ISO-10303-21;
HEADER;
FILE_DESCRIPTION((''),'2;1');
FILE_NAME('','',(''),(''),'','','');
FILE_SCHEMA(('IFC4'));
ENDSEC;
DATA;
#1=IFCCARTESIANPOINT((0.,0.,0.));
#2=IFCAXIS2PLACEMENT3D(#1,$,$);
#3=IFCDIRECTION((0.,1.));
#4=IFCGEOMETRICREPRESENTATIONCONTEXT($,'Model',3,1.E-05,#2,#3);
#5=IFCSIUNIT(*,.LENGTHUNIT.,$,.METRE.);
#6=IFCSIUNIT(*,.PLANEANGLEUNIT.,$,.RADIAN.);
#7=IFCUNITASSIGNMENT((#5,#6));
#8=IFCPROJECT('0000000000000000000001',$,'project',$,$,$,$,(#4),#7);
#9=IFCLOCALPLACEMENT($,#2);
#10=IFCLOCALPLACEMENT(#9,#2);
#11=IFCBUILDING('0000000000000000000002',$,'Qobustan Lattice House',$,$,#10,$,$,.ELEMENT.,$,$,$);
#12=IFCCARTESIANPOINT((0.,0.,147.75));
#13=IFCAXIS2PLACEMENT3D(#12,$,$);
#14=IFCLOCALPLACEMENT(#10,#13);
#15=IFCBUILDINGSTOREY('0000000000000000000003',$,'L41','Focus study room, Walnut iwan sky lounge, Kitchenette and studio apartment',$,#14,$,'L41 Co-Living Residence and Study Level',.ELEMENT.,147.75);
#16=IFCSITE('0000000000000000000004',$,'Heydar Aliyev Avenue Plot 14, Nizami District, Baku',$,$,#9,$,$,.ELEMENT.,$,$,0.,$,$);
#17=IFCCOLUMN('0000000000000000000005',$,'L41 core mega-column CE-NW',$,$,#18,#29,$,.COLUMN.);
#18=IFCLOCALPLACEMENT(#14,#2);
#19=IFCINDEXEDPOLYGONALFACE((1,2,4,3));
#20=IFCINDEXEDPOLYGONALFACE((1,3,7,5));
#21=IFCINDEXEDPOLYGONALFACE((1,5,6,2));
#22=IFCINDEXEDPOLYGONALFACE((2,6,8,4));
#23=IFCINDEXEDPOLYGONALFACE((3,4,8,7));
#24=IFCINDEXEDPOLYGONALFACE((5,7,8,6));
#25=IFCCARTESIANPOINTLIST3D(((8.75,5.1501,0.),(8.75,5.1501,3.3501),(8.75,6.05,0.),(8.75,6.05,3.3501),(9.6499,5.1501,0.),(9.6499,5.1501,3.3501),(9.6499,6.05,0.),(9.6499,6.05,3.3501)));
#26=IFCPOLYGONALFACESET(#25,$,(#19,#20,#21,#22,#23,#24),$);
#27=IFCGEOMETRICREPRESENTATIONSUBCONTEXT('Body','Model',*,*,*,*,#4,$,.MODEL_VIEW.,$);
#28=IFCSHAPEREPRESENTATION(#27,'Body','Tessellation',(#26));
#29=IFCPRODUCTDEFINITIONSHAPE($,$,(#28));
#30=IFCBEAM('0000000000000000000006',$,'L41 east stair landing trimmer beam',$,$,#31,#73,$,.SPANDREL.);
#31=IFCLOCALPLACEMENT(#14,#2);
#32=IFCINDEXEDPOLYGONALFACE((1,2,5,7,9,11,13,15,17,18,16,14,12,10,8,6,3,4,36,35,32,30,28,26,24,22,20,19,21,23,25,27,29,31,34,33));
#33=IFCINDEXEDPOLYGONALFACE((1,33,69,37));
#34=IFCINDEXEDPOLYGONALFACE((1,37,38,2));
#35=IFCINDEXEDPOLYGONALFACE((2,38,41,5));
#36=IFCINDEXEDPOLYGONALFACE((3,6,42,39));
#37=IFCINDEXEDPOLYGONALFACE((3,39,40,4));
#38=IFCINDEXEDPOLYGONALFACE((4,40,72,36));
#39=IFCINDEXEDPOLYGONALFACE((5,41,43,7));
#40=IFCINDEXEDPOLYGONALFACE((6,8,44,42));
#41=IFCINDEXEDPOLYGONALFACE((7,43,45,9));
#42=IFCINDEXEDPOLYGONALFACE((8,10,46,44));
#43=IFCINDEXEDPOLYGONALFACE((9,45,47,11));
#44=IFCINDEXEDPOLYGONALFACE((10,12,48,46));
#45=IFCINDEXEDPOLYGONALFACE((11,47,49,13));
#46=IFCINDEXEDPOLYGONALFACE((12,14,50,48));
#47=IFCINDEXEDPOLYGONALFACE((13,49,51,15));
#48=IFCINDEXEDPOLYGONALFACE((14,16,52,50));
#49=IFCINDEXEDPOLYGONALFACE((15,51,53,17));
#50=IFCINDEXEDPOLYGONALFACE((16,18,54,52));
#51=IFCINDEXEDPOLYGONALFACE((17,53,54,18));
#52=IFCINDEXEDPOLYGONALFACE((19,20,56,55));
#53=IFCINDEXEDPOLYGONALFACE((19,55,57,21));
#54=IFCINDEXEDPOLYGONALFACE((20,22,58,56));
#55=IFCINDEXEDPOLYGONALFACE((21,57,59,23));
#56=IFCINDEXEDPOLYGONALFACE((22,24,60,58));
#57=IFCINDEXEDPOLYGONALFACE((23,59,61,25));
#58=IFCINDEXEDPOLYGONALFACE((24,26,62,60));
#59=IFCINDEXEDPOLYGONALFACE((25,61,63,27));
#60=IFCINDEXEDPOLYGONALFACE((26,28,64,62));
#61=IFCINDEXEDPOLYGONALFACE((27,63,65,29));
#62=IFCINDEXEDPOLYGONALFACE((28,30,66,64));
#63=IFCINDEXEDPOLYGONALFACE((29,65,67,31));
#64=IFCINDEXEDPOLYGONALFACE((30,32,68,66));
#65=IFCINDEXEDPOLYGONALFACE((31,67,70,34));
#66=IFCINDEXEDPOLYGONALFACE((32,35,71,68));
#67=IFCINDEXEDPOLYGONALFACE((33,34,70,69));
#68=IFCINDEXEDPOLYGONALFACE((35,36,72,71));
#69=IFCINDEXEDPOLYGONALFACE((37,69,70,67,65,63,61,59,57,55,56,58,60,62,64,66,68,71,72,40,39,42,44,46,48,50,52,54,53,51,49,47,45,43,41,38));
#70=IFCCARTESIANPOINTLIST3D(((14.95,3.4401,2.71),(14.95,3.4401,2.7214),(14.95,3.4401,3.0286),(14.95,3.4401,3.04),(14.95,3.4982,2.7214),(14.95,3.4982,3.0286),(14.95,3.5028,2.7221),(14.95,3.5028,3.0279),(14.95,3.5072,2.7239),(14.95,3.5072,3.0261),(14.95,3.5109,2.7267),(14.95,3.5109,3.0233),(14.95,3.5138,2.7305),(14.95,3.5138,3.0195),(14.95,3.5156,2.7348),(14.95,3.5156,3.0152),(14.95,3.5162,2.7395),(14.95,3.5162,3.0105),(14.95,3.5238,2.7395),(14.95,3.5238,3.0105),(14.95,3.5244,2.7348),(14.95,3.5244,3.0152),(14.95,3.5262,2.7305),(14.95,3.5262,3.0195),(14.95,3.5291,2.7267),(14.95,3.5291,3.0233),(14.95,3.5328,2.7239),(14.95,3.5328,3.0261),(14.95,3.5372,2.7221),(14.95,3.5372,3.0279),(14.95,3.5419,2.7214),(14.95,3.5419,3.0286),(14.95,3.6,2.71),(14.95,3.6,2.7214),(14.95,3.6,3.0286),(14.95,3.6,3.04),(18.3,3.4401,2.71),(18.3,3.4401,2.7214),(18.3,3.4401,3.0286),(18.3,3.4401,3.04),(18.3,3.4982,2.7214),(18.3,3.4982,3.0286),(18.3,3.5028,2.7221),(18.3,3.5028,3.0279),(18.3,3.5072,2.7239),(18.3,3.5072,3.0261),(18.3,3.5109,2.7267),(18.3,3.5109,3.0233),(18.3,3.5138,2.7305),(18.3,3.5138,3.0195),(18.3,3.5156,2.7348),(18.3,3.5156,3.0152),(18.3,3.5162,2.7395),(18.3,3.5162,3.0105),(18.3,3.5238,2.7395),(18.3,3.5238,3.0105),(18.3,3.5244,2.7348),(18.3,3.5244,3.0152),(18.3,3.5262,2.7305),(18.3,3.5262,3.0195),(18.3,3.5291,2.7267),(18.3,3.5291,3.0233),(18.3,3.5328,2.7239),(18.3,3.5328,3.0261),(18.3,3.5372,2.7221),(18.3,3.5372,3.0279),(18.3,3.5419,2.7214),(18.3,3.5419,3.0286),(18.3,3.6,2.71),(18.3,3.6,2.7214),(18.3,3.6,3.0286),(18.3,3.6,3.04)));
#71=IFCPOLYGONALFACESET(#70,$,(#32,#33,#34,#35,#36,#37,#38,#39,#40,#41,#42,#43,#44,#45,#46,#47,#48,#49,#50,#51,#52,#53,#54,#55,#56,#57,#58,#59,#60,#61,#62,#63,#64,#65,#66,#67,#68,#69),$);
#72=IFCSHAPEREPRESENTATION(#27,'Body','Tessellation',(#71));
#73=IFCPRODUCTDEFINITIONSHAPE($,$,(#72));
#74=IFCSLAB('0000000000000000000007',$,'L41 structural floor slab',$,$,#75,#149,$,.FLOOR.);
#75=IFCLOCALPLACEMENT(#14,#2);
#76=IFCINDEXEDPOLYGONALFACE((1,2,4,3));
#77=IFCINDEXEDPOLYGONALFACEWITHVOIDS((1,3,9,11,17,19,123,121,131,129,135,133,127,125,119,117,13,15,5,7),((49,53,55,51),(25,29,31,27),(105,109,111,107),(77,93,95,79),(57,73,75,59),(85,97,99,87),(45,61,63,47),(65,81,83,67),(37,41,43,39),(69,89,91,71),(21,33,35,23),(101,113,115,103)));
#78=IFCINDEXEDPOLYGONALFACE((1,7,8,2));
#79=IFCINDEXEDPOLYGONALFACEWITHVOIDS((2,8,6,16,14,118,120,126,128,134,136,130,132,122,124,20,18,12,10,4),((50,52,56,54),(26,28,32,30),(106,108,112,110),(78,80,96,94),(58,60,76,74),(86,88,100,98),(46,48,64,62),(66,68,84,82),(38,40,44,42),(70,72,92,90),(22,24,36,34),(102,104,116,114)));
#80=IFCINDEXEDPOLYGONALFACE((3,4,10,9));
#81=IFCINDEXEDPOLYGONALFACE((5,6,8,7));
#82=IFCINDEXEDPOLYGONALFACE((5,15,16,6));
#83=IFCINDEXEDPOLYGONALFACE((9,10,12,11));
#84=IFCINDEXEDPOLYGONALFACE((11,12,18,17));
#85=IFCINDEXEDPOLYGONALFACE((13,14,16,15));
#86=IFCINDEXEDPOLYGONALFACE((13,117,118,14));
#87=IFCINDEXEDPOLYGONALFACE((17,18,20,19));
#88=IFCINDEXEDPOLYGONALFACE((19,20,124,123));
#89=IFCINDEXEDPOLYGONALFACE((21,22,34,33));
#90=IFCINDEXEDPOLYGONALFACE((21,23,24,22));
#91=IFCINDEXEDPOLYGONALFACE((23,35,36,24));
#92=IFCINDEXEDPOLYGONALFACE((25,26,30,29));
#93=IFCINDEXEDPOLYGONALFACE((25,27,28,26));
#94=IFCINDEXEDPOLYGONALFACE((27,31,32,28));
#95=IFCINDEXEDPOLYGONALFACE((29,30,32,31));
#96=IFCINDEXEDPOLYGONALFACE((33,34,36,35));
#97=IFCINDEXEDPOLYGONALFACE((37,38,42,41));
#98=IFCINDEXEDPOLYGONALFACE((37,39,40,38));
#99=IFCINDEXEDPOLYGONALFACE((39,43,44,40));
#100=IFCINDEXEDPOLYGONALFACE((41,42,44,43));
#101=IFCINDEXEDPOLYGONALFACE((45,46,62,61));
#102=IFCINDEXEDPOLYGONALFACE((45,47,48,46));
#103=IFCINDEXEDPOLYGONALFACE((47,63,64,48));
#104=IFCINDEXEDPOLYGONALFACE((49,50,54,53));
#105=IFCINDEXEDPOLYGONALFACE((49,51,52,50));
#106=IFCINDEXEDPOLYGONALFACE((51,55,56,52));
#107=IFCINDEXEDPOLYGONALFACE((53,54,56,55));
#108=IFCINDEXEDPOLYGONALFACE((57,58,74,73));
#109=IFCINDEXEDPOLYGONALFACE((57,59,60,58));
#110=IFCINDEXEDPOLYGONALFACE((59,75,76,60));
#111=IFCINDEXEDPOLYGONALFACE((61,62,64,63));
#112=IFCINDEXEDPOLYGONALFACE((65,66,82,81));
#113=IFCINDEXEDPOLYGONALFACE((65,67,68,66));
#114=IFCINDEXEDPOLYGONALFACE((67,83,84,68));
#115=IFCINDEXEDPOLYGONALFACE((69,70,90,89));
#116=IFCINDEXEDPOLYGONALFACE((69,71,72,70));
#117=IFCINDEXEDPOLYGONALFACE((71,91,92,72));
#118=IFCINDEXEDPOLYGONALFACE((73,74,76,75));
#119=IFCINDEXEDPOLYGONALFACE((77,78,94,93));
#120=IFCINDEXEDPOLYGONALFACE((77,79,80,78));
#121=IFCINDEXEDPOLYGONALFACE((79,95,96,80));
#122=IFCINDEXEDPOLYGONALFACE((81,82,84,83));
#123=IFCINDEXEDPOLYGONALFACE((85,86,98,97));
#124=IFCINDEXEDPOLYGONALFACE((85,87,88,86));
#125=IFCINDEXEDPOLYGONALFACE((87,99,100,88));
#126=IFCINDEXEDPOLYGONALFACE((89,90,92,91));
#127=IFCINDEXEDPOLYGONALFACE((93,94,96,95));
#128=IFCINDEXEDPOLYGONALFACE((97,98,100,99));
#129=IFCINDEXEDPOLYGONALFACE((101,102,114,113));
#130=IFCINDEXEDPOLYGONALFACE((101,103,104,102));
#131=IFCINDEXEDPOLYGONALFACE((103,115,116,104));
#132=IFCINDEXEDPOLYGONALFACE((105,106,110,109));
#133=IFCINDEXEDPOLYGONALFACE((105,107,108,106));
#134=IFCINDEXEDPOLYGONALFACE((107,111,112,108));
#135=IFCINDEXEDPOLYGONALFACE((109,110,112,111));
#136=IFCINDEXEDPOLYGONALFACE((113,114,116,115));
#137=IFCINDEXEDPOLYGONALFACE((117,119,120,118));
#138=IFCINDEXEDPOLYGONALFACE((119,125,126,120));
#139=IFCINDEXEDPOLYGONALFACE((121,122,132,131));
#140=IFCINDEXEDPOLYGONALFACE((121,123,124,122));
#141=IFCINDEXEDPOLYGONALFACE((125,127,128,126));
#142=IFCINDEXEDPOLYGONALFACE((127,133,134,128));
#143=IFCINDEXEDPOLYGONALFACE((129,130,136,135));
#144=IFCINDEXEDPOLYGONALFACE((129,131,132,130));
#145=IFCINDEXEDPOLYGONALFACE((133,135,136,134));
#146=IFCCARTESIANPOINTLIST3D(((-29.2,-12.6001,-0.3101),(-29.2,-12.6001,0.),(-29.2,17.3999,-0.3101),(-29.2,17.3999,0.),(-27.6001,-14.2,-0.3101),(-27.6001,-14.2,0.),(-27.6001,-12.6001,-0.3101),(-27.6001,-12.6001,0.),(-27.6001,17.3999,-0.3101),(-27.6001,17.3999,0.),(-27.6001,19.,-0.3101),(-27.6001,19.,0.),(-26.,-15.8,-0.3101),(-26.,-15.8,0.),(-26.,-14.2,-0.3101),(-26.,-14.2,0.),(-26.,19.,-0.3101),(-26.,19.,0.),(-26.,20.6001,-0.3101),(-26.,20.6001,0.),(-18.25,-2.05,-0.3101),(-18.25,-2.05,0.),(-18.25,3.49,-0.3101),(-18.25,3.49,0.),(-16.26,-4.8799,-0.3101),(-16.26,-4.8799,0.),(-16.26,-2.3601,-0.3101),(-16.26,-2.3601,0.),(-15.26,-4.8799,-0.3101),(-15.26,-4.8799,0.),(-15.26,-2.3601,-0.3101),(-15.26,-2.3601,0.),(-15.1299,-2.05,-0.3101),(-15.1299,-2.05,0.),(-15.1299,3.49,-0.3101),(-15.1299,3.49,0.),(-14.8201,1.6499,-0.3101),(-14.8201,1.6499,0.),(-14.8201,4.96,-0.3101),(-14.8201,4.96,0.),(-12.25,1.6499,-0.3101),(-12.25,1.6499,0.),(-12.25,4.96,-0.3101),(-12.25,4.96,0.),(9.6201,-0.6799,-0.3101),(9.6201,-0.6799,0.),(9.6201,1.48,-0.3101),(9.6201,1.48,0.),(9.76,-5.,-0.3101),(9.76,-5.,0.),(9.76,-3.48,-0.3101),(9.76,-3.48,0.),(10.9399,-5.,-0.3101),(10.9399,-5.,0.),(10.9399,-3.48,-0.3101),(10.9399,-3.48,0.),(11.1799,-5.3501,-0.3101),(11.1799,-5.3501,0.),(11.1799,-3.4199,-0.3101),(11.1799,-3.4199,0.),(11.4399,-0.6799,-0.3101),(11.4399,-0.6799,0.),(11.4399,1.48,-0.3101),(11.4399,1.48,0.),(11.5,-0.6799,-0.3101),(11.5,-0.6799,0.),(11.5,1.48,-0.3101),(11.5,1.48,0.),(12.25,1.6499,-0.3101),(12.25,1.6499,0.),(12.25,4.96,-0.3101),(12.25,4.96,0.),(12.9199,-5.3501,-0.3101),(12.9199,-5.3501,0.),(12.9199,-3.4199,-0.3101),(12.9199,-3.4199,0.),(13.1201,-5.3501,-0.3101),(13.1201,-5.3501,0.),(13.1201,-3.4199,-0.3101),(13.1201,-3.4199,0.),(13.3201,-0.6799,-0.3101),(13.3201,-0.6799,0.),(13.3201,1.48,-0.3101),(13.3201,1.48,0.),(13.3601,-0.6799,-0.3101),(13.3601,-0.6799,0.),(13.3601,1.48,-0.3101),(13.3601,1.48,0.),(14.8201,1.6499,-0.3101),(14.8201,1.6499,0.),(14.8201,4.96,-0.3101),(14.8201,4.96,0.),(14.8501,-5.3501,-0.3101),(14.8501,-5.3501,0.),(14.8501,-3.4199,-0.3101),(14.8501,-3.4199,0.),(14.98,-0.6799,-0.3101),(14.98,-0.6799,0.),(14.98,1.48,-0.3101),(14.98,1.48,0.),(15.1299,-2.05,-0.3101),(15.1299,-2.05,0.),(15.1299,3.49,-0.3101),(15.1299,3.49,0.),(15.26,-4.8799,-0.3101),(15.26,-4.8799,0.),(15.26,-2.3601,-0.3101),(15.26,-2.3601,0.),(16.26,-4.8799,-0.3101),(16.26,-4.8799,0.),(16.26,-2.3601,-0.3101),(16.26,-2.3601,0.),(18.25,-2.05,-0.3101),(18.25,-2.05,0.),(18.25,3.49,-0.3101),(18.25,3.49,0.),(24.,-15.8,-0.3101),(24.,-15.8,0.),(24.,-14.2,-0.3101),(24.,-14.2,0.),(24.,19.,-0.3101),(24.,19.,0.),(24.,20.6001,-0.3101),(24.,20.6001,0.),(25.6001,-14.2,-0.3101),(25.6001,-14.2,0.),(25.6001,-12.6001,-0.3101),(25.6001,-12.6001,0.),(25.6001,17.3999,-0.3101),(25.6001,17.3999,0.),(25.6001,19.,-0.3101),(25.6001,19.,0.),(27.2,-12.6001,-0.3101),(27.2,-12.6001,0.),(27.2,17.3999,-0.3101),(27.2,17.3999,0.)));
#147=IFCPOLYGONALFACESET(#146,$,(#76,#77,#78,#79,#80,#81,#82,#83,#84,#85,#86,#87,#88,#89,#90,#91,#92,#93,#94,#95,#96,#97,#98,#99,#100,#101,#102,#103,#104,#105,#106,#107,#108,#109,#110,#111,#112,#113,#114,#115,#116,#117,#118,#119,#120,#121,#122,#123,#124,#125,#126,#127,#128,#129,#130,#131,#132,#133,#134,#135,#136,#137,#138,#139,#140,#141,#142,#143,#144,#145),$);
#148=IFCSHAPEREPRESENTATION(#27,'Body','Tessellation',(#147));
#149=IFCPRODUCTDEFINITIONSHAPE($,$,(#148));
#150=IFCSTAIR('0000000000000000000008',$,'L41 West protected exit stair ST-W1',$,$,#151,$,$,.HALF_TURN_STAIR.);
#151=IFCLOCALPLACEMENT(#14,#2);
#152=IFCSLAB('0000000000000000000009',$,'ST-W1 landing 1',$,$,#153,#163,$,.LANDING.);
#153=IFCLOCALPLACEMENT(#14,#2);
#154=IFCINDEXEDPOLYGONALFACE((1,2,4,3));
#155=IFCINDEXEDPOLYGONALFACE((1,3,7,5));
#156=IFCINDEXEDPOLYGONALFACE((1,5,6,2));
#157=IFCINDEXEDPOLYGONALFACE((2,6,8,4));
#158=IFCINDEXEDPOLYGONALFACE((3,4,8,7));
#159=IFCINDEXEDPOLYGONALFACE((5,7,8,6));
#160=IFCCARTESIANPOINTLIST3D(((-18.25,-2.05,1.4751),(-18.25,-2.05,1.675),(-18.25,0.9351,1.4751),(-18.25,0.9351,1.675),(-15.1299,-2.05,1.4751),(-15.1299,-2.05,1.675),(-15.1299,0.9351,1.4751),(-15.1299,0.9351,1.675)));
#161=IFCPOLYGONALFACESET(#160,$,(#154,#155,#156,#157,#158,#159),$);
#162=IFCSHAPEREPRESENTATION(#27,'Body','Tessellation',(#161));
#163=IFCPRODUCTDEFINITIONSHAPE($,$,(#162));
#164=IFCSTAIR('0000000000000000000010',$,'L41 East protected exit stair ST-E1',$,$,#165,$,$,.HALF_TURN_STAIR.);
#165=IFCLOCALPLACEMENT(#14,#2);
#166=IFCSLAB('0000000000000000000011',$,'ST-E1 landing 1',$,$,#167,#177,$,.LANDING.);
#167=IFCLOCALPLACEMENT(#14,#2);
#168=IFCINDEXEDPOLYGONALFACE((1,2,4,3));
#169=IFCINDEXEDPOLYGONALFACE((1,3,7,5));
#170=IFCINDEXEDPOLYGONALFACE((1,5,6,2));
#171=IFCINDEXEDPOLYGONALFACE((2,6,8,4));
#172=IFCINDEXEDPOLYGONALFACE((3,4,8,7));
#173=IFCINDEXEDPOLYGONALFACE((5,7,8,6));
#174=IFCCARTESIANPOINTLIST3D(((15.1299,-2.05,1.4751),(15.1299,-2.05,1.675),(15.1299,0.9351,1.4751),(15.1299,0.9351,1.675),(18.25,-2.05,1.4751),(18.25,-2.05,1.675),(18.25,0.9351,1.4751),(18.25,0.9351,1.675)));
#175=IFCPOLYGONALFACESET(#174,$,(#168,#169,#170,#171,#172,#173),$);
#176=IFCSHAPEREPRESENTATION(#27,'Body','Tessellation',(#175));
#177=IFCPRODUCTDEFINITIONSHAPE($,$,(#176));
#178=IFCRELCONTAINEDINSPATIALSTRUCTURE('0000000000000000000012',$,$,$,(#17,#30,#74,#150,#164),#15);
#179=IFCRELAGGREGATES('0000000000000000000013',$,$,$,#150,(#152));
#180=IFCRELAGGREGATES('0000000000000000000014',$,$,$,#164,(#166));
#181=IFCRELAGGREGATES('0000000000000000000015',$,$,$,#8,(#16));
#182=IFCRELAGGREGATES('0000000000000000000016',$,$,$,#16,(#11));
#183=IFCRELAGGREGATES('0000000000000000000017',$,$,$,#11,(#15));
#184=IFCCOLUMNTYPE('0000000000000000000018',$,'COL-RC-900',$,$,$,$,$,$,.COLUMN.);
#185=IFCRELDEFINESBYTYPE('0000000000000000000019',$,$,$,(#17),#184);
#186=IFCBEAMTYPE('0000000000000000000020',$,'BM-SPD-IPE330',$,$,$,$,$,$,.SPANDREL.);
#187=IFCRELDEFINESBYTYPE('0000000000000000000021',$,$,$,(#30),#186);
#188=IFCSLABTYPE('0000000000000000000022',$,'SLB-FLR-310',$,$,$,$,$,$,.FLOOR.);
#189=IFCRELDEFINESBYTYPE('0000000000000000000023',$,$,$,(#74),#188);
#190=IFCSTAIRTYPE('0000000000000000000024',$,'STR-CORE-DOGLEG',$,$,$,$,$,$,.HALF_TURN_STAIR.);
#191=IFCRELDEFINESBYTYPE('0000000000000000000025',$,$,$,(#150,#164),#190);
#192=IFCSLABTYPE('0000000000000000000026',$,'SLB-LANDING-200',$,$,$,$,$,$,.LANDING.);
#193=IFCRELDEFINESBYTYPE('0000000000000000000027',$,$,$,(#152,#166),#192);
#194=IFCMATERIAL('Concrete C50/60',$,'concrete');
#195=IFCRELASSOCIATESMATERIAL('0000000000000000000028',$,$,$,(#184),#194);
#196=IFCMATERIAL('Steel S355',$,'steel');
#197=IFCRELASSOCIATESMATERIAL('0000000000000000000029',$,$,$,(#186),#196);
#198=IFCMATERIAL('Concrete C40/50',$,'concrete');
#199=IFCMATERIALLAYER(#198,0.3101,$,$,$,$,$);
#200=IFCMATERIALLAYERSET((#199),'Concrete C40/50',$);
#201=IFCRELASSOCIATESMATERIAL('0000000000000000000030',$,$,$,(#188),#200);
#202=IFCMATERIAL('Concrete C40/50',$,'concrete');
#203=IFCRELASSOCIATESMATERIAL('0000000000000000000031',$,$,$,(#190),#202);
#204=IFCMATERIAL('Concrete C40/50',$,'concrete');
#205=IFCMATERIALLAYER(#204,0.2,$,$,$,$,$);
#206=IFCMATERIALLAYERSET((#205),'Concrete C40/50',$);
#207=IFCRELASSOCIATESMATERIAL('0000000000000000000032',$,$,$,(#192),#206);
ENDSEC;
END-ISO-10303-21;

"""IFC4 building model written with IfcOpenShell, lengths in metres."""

from ifc_helpers import new_model, si_unit, direction, frame, origin, origin_2d, place, context, subcontext, project, spatial, polyline, rectangle, i_section, outline, extrude, material, layer, layer_set, material_profile, profile_set, type_object, element, aggregate, save


model = new_model("IFC4")

# Units and contexts
model_context = context("Model", 3, precision=1e-05, world=origin(), true_north=direction((0.0, 1.0)))
body_context = subcontext(model_context, "Body", "Model", "MODEL_VIEW")
ifc_project = project(units=[si_unit("LENGTHUNIT", "METRE"), si_unit("PLANEANGLEUNIT", "RADIAN")], contexts=[model_context])

# Site, building, storey
site_placement = place(None, origin())
site = spatial("IfcSite", under=ifc_project, at=site_placement, Name="Heydar Aliyev Avenue Plot 14, Nizami District, Baku", CompositionType="ELEMENT", RefElevation=0.0)
building_placement = place(site_placement, origin())
building = spatial("IfcBuilding", under=site, at=building_placement, Name="Qobustan Lattice House", CompositionType="ELEMENT")
storey_placement = place(building_placement, frame((0.0, 0.0, 147.75)))
storey = spatial("IfcBuildingStorey", under=building, at=storey_placement, Name="L41", Description="Focus study room, Walnut iwan sky lounge, Kitchenette and studio apartment", LongName="L41 Co-Living Residence and Study Level", CompositionType="ELEMENT", Elevation=147.75)

# Column
ifc_material_1 = material(Name="Concrete C50/60", Category="concrete")
ifc_material_profile_1 = material_profile(ifc_material_1, rectangle(XDim=0.8999, YDim=0.8999, at=origin_2d()), Name="RC900x900")
ifc_profile_set_1 = profile_set([ifc_material_profile_1], Name="Concrete C50/60")
column_type = type_object("IfcColumnType", Name="COL-RC-900", PredefinedType="COLUMN", material=ifc_profile_set_1)
column_placement = place(storey_placement, frame((9.2, 5.6001, 0.0), z_axis=(0.0, 0.0, 1.0), x_axis=(1.0, 0.0, 0.0)))
element("IfcColumn", 1, at=column_placement, inside=storey, type_object=column_type, Name="L41 core mega-column CE-NW", PredefinedType="COLUMN", context=body_context, shape_type="SweptSolid", body=[
    extrude(rectangle(XDim=0.8999, YDim=0.8999, at=origin_2d()), origin(), (0.0, 0.0, 1.0), 3.3501),
])

# Beam
ifc_material_2 = material(Name="Steel S355", Category="steel")
ifc_material_profile_2 = material_profile(ifc_material_2, i_section(OverallWidth=0.1599, OverallDepth=0.3301, WebThickness=0.0076, FlangeThickness=0.0115, FilletRadius=0.0181, at=origin_2d()), Name="IPE330")
ifc_profile_set_2 = profile_set([ifc_material_profile_2], Name="Steel S355")
beam_type = type_object("IfcBeamType", Name="BM-SPD-IPE330", PredefinedType="SPANDREL", material=ifc_profile_set_2)
beam_placement = place(storey_placement, frame((14.95, 3.52, 2.875), z_axis=(1.0, 0.0, 0.0), x_axis=(0.0, 1.0, 0.0)))
element("IfcBeam", 2, at=beam_placement, inside=storey, type_object=beam_type, Name="L41 east stair landing trimmer beam", PredefinedType="SPANDREL", context=body_context, shape_type="SweptSolid", body=[
    extrude(i_section(OverallWidth=0.1599, OverallDepth=0.3301, WebThickness=0.0076, FlangeThickness=0.0115, FilletRadius=0.0181, at=origin_2d()), origin(), (0.0, 0.0, 1.0), 3.3501),
])

# Slab
ifc_material_3 = material(Name="Concrete C40/50", Category="concrete")
ifc_layer_1 = layer(ifc_material_3, 0.3101)
ifc_layer_set_1 = layer_set([ifc_layer_1], Name="Concrete C40/50")
slab_type_1 = type_object("IfcSlabType", Name="SLB-FLR-310", PredefinedType="FLOOR", material=ifc_layer_set_1)
slab_1_placement = place(storey_placement, frame((0.0, 0.0, -0.3101)))
element("IfcSlab", 3, at=slab_1_placement, inside=storey, type_object=slab_type_1, Name="L41 structural floor slab", PredefinedType="FLOOR", context=body_context, shape_type="SweptSolid", body=[
    extrude(outline(polyline([(-26.0, -15.8), (24.0, -15.8), (24.0, -14.2), (25.6001, -14.2), (25.6001, -12.6001), (27.2, -12.6001), (27.2, 17.3999), (25.6001, 17.3999), (25.6001, 19.0), (24.0, 19.0), (24.0, 20.6001), (-26.0, 20.6001), (-26.0, 19.0), (-27.6001, 19.0), (-27.6001, 17.3999), (-29.2, 17.3999), (-29.2, -12.6001), (-27.6001, -12.6001), (-27.6001, -14.2), (-26.0, -14.2), (-26.0, -15.8)]), holes=[polyline([(-18.25, -2.05), (-18.25, 3.49), (-15.1299, 3.49), (-15.1299, -2.05), (-18.25, -2.05)]), polyline([(15.1299, -2.05), (15.1299, 3.49), (18.25, 3.49), (18.25, -2.05), (15.1299, -2.05)]), polyline([(-14.8201, 1.6499), (-14.8201, 4.96), (-12.25, 4.96), (-12.25, 1.6499), (-14.8201, 1.6499)]), polyline([(12.25, 1.6499), (12.25, 4.96), (14.8201, 4.96), (14.8201, 1.6499), (12.25, 1.6499)]), polyline([(-16.26, -4.8799), (-16.26, -2.3601), (-15.26, -2.3601), (-15.26, -4.8799), (-16.26, -4.8799)]), polyline([(15.26, -4.8799), (15.26, -2.3601), (16.26, -2.3601), (16.26, -4.8799), (15.26, -4.8799)]), polyline([(11.1799, -5.3501), (11.1799, -3.4199), (12.9199, -3.4199), (12.9199, -5.3501), (11.1799, -5.3501)]), polyline([(13.1201, -5.3501), (13.1201, -3.4199), (14.8501, -3.4199), (14.8501, -5.3501), (13.1201, -5.3501)]), polyline([(9.76, -5.0), (9.76, -3.48), (10.9399, -3.48), (10.9399, -5.0), (9.76, -5.0)]), polyline([(13.3601, -0.6799), (13.3601, 1.48), (14.98, 1.48), (14.98, -0.6799), (13.3601, -0.6799)]), polyline([(9.6201, -0.6799), (9.6201, 1.48), (11.4399, 1.48), (11.4399, -0.6799), (9.6201, -0.6799)]), polyline([(11.5, -0.6799), (11.5, 1.48), (13.3201, 1.48), (13.3201, -0.6799), (11.5, -0.6799)])]), origin(), (0.0, 0.0, 1.0), 0.3101),
])

# Stairs, slabs
ifc_material_4 = material(Name="Concrete C40/50", Category="concrete")
stair_type = type_object("IfcStairType", Name="STR-CORE-DOGLEG", PredefinedType="HALF_TURN_STAIR", material=ifc_material_4)
stair_1_placement = place(storey_placement, origin())
stair_1 = element("IfcStair", 4, at=stair_1_placement, inside=storey, type_object=stair_type, Name="L41 West protected exit stair ST-W1", PredefinedType="HALF_TURN_STAIR")
ifc_material_5 = material(Name="Concrete C40/50", Category="concrete")
ifc_layer_2 = layer(ifc_material_5, 0.2)
ifc_layer_set_2 = layer_set([ifc_layer_2], Name="Concrete C40/50")
slab_type_2 = type_object("IfcSlabType", Name="SLB-LANDING-200", PredefinedType="LANDING", material=ifc_layer_set_2)
slab_2_placement = place(storey_placement, frame((0.0, 0.0, 1.4751)))
slab_2 = element("IfcSlab", 5, at=slab_2_placement, type_object=slab_type_2, Name="ST-W1 landing 1", PredefinedType="LANDING", context=body_context, shape_type="SweptSolid", body=[
    extrude(outline(polyline([(-18.25, 0.9351), (-18.25, -2.05), (-15.1299, -2.05), (-15.1299, 0.9351), (-18.25, 0.9351)])), origin(), (0.0, 0.0, 1.0), 0.2),
])
aggregate(stair_1, [slab_2])
stair_2_placement = place(storey_placement, origin())
stair_2 = element("IfcStair", 6, at=stair_2_placement, inside=storey, type_object=stair_type, Name="L41 East protected exit stair ST-E1", PredefinedType="HALF_TURN_STAIR")
slab_3_placement = place(storey_placement, frame((0.0, 0.0, 1.4751)))
slab_3 = element("IfcSlab", 7, at=slab_3_placement, type_object=slab_type_2, Name="ST-E1 landing 1", PredefinedType="LANDING", context=body_context, shape_type="SweptSolid", body=[
    extrude(outline(polyline([(15.1299, 0.9351), (15.1299, -2.05), (18.25, -2.05), (18.25, 0.9351), (15.1299, 0.9351)])), origin(), (0.0, 0.0, 1.0), 0.2),
])
aggregate(stair_2, [slab_3])

save(model, "model.ifc")
